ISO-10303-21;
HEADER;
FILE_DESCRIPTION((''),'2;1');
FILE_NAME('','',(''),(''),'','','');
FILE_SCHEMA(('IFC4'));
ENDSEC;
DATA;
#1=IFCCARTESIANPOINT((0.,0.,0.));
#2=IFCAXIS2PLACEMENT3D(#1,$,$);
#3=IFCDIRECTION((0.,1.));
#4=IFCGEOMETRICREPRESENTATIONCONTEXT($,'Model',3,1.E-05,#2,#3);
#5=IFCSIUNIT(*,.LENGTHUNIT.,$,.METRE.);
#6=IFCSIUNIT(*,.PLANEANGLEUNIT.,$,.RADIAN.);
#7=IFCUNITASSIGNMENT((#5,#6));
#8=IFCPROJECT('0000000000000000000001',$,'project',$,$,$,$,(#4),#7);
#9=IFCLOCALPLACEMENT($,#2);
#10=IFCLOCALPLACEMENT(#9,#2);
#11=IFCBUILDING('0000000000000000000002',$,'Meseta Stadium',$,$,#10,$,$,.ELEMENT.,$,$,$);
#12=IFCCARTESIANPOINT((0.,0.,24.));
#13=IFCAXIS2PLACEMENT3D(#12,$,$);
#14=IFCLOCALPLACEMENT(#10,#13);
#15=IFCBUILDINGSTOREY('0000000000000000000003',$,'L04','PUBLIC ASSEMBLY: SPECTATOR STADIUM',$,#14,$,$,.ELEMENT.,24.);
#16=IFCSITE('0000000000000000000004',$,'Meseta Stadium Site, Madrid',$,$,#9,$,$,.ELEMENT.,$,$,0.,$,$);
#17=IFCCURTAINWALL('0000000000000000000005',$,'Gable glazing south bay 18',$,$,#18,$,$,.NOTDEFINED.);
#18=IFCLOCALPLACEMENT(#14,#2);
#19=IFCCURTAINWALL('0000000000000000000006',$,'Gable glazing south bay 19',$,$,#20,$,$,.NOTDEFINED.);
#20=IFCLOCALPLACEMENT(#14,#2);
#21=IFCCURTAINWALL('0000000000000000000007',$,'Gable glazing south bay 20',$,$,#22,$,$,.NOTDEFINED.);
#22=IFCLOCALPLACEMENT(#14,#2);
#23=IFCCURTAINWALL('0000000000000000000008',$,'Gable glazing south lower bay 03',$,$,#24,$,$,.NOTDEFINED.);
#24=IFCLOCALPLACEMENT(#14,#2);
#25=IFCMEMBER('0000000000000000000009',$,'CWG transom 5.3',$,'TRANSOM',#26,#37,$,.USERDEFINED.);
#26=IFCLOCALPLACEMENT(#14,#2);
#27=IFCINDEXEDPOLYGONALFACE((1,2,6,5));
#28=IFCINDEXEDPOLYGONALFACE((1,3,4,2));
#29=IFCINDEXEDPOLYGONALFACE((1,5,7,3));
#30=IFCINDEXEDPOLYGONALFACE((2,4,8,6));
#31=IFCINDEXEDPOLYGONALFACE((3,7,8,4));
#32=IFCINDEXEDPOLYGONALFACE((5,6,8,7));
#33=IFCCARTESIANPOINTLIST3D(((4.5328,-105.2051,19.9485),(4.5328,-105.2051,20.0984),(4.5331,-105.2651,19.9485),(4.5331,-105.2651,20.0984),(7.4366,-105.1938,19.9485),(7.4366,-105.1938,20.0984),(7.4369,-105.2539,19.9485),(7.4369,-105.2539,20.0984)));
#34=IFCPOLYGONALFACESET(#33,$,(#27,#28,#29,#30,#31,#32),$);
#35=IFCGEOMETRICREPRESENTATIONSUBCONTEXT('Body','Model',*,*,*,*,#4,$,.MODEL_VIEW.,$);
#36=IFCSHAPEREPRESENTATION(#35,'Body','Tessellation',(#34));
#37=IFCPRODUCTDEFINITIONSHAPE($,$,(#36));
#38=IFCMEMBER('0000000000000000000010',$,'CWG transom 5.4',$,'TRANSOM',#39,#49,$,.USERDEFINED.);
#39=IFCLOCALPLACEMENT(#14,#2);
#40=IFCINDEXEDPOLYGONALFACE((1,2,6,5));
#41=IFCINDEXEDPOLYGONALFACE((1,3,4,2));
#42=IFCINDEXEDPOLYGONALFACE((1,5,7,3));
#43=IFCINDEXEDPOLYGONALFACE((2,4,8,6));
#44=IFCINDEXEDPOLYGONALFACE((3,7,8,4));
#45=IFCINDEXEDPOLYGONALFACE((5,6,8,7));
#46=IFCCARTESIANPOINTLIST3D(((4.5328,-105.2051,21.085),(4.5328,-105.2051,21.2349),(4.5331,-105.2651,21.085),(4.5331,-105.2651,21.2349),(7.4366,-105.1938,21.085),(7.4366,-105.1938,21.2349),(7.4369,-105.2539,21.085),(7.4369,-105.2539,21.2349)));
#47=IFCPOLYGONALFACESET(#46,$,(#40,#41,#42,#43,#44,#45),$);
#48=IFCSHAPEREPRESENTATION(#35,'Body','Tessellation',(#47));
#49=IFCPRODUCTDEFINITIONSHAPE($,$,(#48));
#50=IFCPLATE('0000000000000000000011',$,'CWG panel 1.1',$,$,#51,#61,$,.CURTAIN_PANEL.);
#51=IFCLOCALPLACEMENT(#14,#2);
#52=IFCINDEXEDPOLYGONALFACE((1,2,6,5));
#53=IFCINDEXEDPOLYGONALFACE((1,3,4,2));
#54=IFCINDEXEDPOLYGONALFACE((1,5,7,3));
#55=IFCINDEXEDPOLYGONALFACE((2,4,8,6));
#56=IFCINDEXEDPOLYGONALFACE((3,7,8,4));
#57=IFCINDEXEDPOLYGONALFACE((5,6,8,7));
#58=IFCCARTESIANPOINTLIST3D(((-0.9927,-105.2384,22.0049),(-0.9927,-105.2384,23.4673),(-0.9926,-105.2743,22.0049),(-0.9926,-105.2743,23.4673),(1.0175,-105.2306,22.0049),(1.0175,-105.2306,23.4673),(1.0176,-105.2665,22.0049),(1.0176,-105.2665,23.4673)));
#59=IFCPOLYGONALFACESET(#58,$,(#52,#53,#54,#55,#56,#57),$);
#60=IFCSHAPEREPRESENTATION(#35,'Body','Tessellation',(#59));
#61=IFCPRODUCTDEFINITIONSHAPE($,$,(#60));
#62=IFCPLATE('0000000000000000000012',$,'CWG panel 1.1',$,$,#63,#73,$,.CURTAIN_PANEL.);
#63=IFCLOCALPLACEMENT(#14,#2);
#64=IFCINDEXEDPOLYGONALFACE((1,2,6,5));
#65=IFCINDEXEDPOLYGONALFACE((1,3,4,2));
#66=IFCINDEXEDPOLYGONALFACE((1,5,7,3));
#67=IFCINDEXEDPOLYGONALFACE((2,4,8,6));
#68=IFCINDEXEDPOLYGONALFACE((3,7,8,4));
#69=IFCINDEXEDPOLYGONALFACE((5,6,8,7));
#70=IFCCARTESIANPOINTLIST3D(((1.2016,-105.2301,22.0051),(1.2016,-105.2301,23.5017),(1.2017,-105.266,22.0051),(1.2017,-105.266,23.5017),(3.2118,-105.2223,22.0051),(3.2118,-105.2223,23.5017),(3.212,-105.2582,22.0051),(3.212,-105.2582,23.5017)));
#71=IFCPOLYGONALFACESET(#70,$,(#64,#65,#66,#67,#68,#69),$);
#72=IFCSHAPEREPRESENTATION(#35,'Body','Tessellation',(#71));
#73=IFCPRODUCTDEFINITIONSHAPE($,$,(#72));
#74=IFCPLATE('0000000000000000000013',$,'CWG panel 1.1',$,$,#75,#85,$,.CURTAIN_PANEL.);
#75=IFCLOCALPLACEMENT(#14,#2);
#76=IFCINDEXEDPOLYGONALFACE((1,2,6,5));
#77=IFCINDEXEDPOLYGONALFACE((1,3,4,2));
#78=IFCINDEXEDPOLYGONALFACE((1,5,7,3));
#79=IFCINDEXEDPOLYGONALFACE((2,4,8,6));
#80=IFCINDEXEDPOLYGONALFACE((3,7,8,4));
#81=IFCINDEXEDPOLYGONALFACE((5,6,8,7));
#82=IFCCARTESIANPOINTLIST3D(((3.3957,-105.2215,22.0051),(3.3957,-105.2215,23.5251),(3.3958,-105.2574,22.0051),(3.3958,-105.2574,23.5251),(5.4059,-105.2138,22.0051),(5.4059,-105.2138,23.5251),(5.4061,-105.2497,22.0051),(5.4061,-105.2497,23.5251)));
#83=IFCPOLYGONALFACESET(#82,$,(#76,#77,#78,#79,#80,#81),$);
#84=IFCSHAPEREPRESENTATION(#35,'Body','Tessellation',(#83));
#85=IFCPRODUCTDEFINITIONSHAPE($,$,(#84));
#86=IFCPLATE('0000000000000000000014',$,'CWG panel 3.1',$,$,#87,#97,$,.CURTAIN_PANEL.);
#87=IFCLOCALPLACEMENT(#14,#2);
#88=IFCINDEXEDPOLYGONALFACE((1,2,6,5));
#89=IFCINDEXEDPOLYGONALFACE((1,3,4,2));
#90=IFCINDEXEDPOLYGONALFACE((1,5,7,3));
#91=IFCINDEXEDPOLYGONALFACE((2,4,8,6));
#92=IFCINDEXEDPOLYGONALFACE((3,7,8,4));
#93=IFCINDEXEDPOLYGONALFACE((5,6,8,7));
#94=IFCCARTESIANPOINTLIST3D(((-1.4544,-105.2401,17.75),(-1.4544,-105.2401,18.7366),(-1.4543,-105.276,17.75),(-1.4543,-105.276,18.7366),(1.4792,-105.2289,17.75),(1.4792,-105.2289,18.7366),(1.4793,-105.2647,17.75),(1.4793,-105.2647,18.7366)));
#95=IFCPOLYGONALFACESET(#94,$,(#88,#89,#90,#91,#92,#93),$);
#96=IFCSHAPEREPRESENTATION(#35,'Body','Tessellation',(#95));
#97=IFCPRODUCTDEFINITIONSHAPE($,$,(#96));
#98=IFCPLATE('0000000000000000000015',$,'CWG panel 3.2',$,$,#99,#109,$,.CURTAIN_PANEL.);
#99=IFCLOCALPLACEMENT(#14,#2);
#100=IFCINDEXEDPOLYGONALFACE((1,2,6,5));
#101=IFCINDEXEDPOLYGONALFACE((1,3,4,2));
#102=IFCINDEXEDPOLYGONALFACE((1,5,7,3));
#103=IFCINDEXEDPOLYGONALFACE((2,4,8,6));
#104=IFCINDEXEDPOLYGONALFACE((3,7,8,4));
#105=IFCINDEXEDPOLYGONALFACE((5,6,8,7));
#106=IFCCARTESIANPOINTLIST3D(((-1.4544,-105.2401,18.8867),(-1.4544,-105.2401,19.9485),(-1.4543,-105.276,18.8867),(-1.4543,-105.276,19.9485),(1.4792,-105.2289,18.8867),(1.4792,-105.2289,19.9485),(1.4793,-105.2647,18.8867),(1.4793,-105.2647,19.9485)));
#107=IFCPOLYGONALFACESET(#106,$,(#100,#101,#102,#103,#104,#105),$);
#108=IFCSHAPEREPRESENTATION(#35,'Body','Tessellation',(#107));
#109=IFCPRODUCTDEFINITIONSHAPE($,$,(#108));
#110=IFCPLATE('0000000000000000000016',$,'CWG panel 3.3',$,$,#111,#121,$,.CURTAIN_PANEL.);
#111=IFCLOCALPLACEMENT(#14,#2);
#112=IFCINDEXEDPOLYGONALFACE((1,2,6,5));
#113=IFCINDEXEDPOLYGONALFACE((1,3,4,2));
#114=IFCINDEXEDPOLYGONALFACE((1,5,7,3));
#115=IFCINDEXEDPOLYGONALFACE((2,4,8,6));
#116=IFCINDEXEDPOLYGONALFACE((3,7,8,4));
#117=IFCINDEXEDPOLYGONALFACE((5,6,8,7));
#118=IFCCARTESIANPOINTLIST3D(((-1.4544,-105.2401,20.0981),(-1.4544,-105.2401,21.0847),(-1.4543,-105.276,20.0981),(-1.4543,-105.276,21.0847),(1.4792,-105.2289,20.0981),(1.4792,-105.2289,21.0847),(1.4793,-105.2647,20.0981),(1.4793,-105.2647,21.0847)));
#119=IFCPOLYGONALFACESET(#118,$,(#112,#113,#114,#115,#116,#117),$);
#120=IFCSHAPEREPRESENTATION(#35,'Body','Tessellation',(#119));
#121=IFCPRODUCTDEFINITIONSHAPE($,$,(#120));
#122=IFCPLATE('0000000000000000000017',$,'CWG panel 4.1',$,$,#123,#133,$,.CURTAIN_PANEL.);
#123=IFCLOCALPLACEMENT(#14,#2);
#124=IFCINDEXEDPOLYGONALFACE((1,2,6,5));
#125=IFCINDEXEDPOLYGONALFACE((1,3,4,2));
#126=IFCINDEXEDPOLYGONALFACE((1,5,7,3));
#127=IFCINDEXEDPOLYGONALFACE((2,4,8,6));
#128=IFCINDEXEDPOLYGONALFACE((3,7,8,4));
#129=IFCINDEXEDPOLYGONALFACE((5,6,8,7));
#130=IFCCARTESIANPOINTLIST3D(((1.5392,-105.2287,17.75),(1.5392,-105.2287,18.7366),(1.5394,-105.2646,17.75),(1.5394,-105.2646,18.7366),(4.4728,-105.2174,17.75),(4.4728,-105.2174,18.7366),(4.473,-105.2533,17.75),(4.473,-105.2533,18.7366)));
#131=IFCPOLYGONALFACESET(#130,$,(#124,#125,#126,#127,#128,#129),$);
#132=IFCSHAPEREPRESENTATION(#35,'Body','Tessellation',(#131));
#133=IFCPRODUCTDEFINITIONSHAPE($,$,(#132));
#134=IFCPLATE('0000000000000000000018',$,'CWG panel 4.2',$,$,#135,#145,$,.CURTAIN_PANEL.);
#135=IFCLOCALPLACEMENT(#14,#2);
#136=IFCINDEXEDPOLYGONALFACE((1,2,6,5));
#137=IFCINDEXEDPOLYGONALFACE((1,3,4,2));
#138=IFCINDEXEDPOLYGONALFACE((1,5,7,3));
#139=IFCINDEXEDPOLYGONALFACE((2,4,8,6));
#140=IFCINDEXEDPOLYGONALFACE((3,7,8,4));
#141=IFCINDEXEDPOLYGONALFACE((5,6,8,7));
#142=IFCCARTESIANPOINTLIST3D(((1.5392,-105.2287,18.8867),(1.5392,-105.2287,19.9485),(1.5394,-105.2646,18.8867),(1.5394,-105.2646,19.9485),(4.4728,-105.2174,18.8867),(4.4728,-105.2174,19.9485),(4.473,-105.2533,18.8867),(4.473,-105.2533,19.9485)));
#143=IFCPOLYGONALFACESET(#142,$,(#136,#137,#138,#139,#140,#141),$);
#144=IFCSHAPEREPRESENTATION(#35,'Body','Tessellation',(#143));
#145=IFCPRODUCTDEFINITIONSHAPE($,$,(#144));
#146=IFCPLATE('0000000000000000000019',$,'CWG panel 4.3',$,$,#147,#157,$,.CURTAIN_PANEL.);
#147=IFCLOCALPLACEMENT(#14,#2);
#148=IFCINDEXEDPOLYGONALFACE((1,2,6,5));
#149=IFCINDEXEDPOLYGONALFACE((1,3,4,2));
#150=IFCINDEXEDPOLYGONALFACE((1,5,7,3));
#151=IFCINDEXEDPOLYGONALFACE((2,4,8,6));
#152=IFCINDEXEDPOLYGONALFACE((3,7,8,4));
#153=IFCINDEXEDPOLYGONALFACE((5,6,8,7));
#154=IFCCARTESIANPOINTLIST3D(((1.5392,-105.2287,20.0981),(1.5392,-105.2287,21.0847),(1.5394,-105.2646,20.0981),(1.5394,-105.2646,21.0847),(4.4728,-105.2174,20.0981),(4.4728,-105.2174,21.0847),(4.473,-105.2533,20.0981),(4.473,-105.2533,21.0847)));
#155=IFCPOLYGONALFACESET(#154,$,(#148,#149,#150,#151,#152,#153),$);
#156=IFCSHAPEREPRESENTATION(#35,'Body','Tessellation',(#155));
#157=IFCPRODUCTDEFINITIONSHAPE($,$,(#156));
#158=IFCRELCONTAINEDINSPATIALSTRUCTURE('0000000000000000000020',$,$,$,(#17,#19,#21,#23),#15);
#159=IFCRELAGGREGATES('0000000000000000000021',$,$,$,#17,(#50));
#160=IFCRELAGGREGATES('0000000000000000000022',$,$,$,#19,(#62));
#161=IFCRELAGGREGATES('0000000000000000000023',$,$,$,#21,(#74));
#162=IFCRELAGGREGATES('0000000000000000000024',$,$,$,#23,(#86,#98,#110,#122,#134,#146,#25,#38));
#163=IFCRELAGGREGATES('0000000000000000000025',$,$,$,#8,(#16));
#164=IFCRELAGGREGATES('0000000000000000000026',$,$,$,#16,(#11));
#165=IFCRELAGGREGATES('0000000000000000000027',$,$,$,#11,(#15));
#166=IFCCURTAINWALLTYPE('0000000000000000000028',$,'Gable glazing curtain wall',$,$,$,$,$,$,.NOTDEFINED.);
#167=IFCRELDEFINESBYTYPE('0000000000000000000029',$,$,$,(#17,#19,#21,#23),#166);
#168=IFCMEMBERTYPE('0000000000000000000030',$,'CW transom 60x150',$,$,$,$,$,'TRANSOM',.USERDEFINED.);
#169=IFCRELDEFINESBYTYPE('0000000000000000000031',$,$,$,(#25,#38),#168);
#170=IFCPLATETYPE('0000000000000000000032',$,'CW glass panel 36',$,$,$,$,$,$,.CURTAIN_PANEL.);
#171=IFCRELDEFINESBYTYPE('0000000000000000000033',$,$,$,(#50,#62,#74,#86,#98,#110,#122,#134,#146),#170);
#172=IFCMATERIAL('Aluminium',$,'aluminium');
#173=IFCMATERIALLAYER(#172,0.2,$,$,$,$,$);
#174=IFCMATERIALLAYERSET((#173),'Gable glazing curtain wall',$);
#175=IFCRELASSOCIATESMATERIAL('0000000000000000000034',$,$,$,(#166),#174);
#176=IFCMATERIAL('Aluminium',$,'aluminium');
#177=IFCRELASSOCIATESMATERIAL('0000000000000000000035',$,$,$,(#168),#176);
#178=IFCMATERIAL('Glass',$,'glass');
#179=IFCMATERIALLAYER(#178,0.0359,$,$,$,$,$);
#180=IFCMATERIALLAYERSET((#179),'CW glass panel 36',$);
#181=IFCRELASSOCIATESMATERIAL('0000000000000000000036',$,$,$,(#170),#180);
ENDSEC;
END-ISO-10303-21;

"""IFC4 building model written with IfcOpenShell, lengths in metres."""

from ifc_helpers import new_model, si_unit, direction, frame, origin, origin_2d, place, context, subcontext, project, spatial, rectangle, extrude, material, layer, layer_set, material_profile, profile_set, type_object, element, aggregate, save


model = new_model("IFC4")

# Units and contexts
model_context = context("Model", 3, precision=1e-05, world=origin(), true_north=direction((0.0, 1.0)))
body_context = subcontext(model_context, "Body", "Model", "MODEL_VIEW")
ifc_project = project(units=[si_unit("LENGTHUNIT", "METRE"), si_unit("PLANEANGLEUNIT", "RADIAN")], contexts=[model_context])

# Site, building, storey
site_placement = place(None, origin())
site = spatial("IfcSite", under=ifc_project, at=site_placement, Name="Meseta Stadium Site, Madrid", CompositionType="ELEMENT", RefElevation=0.0)
building_placement = place(site_placement, origin())
building = spatial("IfcBuilding", under=site, at=building_placement, Name="Meseta Stadium", CompositionType="ELEMENT")
storey_placement = place(building_placement, frame((0.0, 0.0, 24.0)))
storey = spatial("IfcBuildingStorey", under=building, at=storey_placement, Name="L04", Description="PUBLIC ASSEMBLY: SPECTATOR STADIUM", CompositionType="ELEMENT", Elevation=24.0)

# Curtain wall
ifc_material_1 = material(Name="Aluminium", Category="aluminium")
ifc_layer_1 = layer(ifc_material_1, 0.2)
ifc_layer_set_1 = layer_set([ifc_layer_1], Name="Gable glazing curtain wall")
curtain_wall_type = type_object("IfcCurtainWallType", Name="Gable glazing curtain wall", PredefinedType="NOTDEFINED", material=ifc_layer_set_1)
curtain_wall_1_placement = place(storey_placement, origin())
curtain_wall_1 = element("IfcCurtainWall", 1, at=curtain_wall_1_placement, inside=storey, type_object=curtain_wall_type, Name="Gable glazing south bay 18", PredefinedType="NOTDEFINED")

# Curtain wall
curtain_wall_2_placement = place(storey_placement, origin())
curtain_wall_2 = element("IfcCurtainWall", 2, at=curtain_wall_2_placement, inside=storey, type_object=curtain_wall_type, Name="Gable glazing south bay 19", PredefinedType="NOTDEFINED")

# Curtain wall
curtain_wall_3_placement = place(storey_placement, origin())
curtain_wall_3 = element("IfcCurtainWall", 3, at=curtain_wall_3_placement, inside=storey, type_object=curtain_wall_type, Name="Gable glazing south bay 20", PredefinedType="NOTDEFINED")

# Shared definitions
ifc_material_2 = material(Name="Aluminium", Category="aluminium")
ifc_material_profile_1 = material_profile(ifc_material_2, rectangle(XDim=0.0601, YDim=0.1499, at=origin_2d()), Name="CW 60x150")
ifc_profile_set_1 = profile_set([ifc_material_profile_1], Name="Aluminium")
member_type_1 = type_object("IfcMemberType", Name="CW transom 60x150", ElementType="TRANSOM", PredefinedType="USERDEFINED", material=ifc_profile_set_1)

# Curtain wall, members
curtain_wall_4_placement = place(storey_placement, origin())
curtain_wall_4 = element("IfcCurtainWall", 4, at=curtain_wall_4_placement, inside=storey, type_object=curtain_wall_type, Name="Gable glazing south lower bay 03", PredefinedType="NOTDEFINED")
member_1_placement = place(storey_placement, frame((4.533, -105.2351, 20.0234), z_axis=(0.999993, 0.003867, 0.0), x_axis=(-0.003867, 0.999993, 0.0)))
member_1 = element("IfcMember", 5, at=member_1_placement, type_object=member_type_1, Name="CWG transom 5.3", ObjectType="TRANSOM", PredefinedType="USERDEFINED", context=body_context, shape_type="SweptSolid", body=[
    extrude(rectangle(XDim=0.0601, YDim=0.1499, at=origin_2d()), origin(), (0.0, 0.0, 1.0), 2.9038),
])
member_2_placement = place(storey_placement, frame((4.533, -105.2351, 21.1599), z_axis=(0.999993, 0.003867, 0.0), x_axis=(-0.003867, 0.999993, 0.0)))
member_2 = element("IfcMember", 6, at=member_2_placement, type_object=member_type_1, Name="CWG transom 5.4", ObjectType="TRANSOM", PredefinedType="USERDEFINED", context=body_context, shape_type="SweptSolid", body=[
    extrude(rectangle(XDim=0.0601, YDim=0.1499, at=origin_2d()), origin(), (0.0, 0.0, 1.0), 2.9038),
])

# Plates
ifc_material_3 = material(Name="Glass", Category="glass")
ifc_layer_2 = layer(ifc_material_3, 0.0359)
ifc_layer_set_2 = layer_set([ifc_layer_2], Name="CW glass panel 36")
plate_type = type_object("IfcPlateType", Name="CW glass panel 36", PredefinedType="CURTAIN_PANEL", material=ifc_layer_set_2)
plate_1_placement = place(storey_placement, frame((0.0125, -105.2524, 22.0049), z_axis=(0.0, 0.0, 1.0), x_axis=(0.999993, 0.003848, 0.0)))
plate_1 = element("IfcPlate", 7, at=plate_1_placement, type_object=plate_type, Name="CWG panel 1.1", PredefinedType="CURTAIN_PANEL", context=body_context, shape_type="SweptSolid", body=[
    extrude(rectangle(XDim=2.0103, YDim=0.0359, at=origin_2d()), origin(), (0.0, 0.0, 1.0), 1.4624),
])
aggregate(curtain_wall_1, [plate_1])
plate_2_placement = place(storey_placement, frame((2.2068, -105.2441, 22.0051), z_axis=(0.0, 0.0, 1.0), x_axis=(0.999993, 0.003848, 0.0)))
plate_2 = element("IfcPlate", 8, at=plate_2_placement, type_object=plate_type, Name="CWG panel 1.1", PredefinedType="CURTAIN_PANEL", context=body_context, shape_type="SweptSolid", body=[
    extrude(rectangle(XDim=2.0103, YDim=0.0359, at=origin_2d()), origin(), (0.0, 0.0, 1.0), 1.4966),
])
aggregate(curtain_wall_2, [plate_2])
plate_3_placement = place(storey_placement, frame((4.4009, -105.2356, 22.0051), z_axis=(0.0, 0.0, 1.0), x_axis=(0.999993, 0.003848, 0.0)))
plate_3 = element("IfcPlate", 9, at=plate_3_placement, type_object=plate_type, Name="CWG panel 1.1", PredefinedType="CURTAIN_PANEL", context=body_context, shape_type="SweptSolid", body=[
    extrude(rectangle(XDim=2.0103, YDim=0.0359, at=origin_2d()), origin(), (0.0, 0.0, 1.0), 1.52),
])
aggregate(curtain_wall_3, [plate_3])
plate_4_placement = place(storey_placement, frame((0.0125, -105.2524, 17.75), z_axis=(0.0, 0.0, 1.0), x_axis=(0.999993, 0.003848, 0.0)))
plate_4 = element("IfcPlate", 10, at=plate_4_placement, type_object=plate_type, Name="CWG panel 3.1", PredefinedType="CURTAIN_PANEL", context=body_context, shape_type="SweptSolid", body=[
    extrude(rectangle(XDim=2.9336, YDim=0.0359, at=origin_2d()), origin(), (0.0, 0.0, 1.0), 0.9866),
])
plate_5_placement = place(storey_placement, frame((0.0125, -105.2524, 18.8867), z_axis=(0.0, 0.0, 1.0), x_axis=(0.999993, 0.003848, 0.0)))
plate_5 = element("IfcPlate", 11, at=plate_5_placement, type_object=plate_type, Name="CWG panel 3.2", PredefinedType="CURTAIN_PANEL", context=body_context, shape_type="SweptSolid", body=[
    extrude(rectangle(XDim=2.9336, YDim=0.0359, at=origin_2d()), origin(), (0.0, 0.0, 1.0), 1.0618),
])
plate_6_placement = place(storey_placement, frame((0.0125, -105.2524, 20.0981), z_axis=(0.0, 0.0, 1.0), x_axis=(0.999993, 0.003848, 0.0)))
plate_6 = element("IfcPlate", 12, at=plate_6_placement, type_object=plate_type, Name="CWG panel 3.3", PredefinedType="CURTAIN_PANEL", context=body_context, shape_type="SweptSolid", body=[
    extrude(rectangle(XDim=2.9336, YDim=0.0359, at=origin_2d()), origin(), (0.0, 0.0, 1.0), 0.9866),
])
plate_7_placement = place(storey_placement, frame((3.0061, -105.241, 17.75), z_axis=(0.0, 0.0, 1.0), x_axis=(0.999993, 0.003848, 0.0)))
plate_7 = element("IfcPlate", 13, at=plate_7_placement, type_object=plate_type, Name="CWG panel 4.1", PredefinedType="CURTAIN_PANEL", context=body_context, shape_type="SweptSolid", body=[
    extrude(rectangle(XDim=2.9336, YDim=0.0359, at=origin_2d()), origin(), (0.0, 0.0, 1.0), 0.9866),
])
plate_8_placement = place(storey_placement, frame((3.0061, -105.241, 18.8867), z_axis=(0.0, 0.0, 1.0), x_axis=(0.999993, 0.003848, 0.0)))
plate_8 = element("IfcPlate", 14, at=plate_8_placement, type_object=plate_type, Name="CWG panel 4.2", PredefinedType="CURTAIN_PANEL", context=body_context, shape_type="SweptSolid", body=[
    extrude(rectangle(XDim=2.9336, YDim=0.0359, at=origin_2d()), origin(), (0.0, 0.0, 1.0), 1.0618),
])
plate_9_placement = place(storey_placement, frame((3.0061, -105.241, 20.0981), z_axis=(0.0, 0.0, 1.0), x_axis=(0.999993, 0.003848, 0.0)))
plate_9 = element("IfcPlate", 15, at=plate_9_placement, type_object=plate_type, Name="CWG panel 4.3", PredefinedType="CURTAIN_PANEL", context=body_context, shape_type="SweptSolid", body=[
    extrude(rectangle(XDim=2.9336, YDim=0.0359, at=origin_2d()), origin(), (0.0, 0.0, 1.0), 0.9866),
])
aggregate(curtain_wall_4, [plate_4, plate_5, plate_6, plate_7, plate_8, plate_9, member_1, member_2])

save(model, "model.ifc")
